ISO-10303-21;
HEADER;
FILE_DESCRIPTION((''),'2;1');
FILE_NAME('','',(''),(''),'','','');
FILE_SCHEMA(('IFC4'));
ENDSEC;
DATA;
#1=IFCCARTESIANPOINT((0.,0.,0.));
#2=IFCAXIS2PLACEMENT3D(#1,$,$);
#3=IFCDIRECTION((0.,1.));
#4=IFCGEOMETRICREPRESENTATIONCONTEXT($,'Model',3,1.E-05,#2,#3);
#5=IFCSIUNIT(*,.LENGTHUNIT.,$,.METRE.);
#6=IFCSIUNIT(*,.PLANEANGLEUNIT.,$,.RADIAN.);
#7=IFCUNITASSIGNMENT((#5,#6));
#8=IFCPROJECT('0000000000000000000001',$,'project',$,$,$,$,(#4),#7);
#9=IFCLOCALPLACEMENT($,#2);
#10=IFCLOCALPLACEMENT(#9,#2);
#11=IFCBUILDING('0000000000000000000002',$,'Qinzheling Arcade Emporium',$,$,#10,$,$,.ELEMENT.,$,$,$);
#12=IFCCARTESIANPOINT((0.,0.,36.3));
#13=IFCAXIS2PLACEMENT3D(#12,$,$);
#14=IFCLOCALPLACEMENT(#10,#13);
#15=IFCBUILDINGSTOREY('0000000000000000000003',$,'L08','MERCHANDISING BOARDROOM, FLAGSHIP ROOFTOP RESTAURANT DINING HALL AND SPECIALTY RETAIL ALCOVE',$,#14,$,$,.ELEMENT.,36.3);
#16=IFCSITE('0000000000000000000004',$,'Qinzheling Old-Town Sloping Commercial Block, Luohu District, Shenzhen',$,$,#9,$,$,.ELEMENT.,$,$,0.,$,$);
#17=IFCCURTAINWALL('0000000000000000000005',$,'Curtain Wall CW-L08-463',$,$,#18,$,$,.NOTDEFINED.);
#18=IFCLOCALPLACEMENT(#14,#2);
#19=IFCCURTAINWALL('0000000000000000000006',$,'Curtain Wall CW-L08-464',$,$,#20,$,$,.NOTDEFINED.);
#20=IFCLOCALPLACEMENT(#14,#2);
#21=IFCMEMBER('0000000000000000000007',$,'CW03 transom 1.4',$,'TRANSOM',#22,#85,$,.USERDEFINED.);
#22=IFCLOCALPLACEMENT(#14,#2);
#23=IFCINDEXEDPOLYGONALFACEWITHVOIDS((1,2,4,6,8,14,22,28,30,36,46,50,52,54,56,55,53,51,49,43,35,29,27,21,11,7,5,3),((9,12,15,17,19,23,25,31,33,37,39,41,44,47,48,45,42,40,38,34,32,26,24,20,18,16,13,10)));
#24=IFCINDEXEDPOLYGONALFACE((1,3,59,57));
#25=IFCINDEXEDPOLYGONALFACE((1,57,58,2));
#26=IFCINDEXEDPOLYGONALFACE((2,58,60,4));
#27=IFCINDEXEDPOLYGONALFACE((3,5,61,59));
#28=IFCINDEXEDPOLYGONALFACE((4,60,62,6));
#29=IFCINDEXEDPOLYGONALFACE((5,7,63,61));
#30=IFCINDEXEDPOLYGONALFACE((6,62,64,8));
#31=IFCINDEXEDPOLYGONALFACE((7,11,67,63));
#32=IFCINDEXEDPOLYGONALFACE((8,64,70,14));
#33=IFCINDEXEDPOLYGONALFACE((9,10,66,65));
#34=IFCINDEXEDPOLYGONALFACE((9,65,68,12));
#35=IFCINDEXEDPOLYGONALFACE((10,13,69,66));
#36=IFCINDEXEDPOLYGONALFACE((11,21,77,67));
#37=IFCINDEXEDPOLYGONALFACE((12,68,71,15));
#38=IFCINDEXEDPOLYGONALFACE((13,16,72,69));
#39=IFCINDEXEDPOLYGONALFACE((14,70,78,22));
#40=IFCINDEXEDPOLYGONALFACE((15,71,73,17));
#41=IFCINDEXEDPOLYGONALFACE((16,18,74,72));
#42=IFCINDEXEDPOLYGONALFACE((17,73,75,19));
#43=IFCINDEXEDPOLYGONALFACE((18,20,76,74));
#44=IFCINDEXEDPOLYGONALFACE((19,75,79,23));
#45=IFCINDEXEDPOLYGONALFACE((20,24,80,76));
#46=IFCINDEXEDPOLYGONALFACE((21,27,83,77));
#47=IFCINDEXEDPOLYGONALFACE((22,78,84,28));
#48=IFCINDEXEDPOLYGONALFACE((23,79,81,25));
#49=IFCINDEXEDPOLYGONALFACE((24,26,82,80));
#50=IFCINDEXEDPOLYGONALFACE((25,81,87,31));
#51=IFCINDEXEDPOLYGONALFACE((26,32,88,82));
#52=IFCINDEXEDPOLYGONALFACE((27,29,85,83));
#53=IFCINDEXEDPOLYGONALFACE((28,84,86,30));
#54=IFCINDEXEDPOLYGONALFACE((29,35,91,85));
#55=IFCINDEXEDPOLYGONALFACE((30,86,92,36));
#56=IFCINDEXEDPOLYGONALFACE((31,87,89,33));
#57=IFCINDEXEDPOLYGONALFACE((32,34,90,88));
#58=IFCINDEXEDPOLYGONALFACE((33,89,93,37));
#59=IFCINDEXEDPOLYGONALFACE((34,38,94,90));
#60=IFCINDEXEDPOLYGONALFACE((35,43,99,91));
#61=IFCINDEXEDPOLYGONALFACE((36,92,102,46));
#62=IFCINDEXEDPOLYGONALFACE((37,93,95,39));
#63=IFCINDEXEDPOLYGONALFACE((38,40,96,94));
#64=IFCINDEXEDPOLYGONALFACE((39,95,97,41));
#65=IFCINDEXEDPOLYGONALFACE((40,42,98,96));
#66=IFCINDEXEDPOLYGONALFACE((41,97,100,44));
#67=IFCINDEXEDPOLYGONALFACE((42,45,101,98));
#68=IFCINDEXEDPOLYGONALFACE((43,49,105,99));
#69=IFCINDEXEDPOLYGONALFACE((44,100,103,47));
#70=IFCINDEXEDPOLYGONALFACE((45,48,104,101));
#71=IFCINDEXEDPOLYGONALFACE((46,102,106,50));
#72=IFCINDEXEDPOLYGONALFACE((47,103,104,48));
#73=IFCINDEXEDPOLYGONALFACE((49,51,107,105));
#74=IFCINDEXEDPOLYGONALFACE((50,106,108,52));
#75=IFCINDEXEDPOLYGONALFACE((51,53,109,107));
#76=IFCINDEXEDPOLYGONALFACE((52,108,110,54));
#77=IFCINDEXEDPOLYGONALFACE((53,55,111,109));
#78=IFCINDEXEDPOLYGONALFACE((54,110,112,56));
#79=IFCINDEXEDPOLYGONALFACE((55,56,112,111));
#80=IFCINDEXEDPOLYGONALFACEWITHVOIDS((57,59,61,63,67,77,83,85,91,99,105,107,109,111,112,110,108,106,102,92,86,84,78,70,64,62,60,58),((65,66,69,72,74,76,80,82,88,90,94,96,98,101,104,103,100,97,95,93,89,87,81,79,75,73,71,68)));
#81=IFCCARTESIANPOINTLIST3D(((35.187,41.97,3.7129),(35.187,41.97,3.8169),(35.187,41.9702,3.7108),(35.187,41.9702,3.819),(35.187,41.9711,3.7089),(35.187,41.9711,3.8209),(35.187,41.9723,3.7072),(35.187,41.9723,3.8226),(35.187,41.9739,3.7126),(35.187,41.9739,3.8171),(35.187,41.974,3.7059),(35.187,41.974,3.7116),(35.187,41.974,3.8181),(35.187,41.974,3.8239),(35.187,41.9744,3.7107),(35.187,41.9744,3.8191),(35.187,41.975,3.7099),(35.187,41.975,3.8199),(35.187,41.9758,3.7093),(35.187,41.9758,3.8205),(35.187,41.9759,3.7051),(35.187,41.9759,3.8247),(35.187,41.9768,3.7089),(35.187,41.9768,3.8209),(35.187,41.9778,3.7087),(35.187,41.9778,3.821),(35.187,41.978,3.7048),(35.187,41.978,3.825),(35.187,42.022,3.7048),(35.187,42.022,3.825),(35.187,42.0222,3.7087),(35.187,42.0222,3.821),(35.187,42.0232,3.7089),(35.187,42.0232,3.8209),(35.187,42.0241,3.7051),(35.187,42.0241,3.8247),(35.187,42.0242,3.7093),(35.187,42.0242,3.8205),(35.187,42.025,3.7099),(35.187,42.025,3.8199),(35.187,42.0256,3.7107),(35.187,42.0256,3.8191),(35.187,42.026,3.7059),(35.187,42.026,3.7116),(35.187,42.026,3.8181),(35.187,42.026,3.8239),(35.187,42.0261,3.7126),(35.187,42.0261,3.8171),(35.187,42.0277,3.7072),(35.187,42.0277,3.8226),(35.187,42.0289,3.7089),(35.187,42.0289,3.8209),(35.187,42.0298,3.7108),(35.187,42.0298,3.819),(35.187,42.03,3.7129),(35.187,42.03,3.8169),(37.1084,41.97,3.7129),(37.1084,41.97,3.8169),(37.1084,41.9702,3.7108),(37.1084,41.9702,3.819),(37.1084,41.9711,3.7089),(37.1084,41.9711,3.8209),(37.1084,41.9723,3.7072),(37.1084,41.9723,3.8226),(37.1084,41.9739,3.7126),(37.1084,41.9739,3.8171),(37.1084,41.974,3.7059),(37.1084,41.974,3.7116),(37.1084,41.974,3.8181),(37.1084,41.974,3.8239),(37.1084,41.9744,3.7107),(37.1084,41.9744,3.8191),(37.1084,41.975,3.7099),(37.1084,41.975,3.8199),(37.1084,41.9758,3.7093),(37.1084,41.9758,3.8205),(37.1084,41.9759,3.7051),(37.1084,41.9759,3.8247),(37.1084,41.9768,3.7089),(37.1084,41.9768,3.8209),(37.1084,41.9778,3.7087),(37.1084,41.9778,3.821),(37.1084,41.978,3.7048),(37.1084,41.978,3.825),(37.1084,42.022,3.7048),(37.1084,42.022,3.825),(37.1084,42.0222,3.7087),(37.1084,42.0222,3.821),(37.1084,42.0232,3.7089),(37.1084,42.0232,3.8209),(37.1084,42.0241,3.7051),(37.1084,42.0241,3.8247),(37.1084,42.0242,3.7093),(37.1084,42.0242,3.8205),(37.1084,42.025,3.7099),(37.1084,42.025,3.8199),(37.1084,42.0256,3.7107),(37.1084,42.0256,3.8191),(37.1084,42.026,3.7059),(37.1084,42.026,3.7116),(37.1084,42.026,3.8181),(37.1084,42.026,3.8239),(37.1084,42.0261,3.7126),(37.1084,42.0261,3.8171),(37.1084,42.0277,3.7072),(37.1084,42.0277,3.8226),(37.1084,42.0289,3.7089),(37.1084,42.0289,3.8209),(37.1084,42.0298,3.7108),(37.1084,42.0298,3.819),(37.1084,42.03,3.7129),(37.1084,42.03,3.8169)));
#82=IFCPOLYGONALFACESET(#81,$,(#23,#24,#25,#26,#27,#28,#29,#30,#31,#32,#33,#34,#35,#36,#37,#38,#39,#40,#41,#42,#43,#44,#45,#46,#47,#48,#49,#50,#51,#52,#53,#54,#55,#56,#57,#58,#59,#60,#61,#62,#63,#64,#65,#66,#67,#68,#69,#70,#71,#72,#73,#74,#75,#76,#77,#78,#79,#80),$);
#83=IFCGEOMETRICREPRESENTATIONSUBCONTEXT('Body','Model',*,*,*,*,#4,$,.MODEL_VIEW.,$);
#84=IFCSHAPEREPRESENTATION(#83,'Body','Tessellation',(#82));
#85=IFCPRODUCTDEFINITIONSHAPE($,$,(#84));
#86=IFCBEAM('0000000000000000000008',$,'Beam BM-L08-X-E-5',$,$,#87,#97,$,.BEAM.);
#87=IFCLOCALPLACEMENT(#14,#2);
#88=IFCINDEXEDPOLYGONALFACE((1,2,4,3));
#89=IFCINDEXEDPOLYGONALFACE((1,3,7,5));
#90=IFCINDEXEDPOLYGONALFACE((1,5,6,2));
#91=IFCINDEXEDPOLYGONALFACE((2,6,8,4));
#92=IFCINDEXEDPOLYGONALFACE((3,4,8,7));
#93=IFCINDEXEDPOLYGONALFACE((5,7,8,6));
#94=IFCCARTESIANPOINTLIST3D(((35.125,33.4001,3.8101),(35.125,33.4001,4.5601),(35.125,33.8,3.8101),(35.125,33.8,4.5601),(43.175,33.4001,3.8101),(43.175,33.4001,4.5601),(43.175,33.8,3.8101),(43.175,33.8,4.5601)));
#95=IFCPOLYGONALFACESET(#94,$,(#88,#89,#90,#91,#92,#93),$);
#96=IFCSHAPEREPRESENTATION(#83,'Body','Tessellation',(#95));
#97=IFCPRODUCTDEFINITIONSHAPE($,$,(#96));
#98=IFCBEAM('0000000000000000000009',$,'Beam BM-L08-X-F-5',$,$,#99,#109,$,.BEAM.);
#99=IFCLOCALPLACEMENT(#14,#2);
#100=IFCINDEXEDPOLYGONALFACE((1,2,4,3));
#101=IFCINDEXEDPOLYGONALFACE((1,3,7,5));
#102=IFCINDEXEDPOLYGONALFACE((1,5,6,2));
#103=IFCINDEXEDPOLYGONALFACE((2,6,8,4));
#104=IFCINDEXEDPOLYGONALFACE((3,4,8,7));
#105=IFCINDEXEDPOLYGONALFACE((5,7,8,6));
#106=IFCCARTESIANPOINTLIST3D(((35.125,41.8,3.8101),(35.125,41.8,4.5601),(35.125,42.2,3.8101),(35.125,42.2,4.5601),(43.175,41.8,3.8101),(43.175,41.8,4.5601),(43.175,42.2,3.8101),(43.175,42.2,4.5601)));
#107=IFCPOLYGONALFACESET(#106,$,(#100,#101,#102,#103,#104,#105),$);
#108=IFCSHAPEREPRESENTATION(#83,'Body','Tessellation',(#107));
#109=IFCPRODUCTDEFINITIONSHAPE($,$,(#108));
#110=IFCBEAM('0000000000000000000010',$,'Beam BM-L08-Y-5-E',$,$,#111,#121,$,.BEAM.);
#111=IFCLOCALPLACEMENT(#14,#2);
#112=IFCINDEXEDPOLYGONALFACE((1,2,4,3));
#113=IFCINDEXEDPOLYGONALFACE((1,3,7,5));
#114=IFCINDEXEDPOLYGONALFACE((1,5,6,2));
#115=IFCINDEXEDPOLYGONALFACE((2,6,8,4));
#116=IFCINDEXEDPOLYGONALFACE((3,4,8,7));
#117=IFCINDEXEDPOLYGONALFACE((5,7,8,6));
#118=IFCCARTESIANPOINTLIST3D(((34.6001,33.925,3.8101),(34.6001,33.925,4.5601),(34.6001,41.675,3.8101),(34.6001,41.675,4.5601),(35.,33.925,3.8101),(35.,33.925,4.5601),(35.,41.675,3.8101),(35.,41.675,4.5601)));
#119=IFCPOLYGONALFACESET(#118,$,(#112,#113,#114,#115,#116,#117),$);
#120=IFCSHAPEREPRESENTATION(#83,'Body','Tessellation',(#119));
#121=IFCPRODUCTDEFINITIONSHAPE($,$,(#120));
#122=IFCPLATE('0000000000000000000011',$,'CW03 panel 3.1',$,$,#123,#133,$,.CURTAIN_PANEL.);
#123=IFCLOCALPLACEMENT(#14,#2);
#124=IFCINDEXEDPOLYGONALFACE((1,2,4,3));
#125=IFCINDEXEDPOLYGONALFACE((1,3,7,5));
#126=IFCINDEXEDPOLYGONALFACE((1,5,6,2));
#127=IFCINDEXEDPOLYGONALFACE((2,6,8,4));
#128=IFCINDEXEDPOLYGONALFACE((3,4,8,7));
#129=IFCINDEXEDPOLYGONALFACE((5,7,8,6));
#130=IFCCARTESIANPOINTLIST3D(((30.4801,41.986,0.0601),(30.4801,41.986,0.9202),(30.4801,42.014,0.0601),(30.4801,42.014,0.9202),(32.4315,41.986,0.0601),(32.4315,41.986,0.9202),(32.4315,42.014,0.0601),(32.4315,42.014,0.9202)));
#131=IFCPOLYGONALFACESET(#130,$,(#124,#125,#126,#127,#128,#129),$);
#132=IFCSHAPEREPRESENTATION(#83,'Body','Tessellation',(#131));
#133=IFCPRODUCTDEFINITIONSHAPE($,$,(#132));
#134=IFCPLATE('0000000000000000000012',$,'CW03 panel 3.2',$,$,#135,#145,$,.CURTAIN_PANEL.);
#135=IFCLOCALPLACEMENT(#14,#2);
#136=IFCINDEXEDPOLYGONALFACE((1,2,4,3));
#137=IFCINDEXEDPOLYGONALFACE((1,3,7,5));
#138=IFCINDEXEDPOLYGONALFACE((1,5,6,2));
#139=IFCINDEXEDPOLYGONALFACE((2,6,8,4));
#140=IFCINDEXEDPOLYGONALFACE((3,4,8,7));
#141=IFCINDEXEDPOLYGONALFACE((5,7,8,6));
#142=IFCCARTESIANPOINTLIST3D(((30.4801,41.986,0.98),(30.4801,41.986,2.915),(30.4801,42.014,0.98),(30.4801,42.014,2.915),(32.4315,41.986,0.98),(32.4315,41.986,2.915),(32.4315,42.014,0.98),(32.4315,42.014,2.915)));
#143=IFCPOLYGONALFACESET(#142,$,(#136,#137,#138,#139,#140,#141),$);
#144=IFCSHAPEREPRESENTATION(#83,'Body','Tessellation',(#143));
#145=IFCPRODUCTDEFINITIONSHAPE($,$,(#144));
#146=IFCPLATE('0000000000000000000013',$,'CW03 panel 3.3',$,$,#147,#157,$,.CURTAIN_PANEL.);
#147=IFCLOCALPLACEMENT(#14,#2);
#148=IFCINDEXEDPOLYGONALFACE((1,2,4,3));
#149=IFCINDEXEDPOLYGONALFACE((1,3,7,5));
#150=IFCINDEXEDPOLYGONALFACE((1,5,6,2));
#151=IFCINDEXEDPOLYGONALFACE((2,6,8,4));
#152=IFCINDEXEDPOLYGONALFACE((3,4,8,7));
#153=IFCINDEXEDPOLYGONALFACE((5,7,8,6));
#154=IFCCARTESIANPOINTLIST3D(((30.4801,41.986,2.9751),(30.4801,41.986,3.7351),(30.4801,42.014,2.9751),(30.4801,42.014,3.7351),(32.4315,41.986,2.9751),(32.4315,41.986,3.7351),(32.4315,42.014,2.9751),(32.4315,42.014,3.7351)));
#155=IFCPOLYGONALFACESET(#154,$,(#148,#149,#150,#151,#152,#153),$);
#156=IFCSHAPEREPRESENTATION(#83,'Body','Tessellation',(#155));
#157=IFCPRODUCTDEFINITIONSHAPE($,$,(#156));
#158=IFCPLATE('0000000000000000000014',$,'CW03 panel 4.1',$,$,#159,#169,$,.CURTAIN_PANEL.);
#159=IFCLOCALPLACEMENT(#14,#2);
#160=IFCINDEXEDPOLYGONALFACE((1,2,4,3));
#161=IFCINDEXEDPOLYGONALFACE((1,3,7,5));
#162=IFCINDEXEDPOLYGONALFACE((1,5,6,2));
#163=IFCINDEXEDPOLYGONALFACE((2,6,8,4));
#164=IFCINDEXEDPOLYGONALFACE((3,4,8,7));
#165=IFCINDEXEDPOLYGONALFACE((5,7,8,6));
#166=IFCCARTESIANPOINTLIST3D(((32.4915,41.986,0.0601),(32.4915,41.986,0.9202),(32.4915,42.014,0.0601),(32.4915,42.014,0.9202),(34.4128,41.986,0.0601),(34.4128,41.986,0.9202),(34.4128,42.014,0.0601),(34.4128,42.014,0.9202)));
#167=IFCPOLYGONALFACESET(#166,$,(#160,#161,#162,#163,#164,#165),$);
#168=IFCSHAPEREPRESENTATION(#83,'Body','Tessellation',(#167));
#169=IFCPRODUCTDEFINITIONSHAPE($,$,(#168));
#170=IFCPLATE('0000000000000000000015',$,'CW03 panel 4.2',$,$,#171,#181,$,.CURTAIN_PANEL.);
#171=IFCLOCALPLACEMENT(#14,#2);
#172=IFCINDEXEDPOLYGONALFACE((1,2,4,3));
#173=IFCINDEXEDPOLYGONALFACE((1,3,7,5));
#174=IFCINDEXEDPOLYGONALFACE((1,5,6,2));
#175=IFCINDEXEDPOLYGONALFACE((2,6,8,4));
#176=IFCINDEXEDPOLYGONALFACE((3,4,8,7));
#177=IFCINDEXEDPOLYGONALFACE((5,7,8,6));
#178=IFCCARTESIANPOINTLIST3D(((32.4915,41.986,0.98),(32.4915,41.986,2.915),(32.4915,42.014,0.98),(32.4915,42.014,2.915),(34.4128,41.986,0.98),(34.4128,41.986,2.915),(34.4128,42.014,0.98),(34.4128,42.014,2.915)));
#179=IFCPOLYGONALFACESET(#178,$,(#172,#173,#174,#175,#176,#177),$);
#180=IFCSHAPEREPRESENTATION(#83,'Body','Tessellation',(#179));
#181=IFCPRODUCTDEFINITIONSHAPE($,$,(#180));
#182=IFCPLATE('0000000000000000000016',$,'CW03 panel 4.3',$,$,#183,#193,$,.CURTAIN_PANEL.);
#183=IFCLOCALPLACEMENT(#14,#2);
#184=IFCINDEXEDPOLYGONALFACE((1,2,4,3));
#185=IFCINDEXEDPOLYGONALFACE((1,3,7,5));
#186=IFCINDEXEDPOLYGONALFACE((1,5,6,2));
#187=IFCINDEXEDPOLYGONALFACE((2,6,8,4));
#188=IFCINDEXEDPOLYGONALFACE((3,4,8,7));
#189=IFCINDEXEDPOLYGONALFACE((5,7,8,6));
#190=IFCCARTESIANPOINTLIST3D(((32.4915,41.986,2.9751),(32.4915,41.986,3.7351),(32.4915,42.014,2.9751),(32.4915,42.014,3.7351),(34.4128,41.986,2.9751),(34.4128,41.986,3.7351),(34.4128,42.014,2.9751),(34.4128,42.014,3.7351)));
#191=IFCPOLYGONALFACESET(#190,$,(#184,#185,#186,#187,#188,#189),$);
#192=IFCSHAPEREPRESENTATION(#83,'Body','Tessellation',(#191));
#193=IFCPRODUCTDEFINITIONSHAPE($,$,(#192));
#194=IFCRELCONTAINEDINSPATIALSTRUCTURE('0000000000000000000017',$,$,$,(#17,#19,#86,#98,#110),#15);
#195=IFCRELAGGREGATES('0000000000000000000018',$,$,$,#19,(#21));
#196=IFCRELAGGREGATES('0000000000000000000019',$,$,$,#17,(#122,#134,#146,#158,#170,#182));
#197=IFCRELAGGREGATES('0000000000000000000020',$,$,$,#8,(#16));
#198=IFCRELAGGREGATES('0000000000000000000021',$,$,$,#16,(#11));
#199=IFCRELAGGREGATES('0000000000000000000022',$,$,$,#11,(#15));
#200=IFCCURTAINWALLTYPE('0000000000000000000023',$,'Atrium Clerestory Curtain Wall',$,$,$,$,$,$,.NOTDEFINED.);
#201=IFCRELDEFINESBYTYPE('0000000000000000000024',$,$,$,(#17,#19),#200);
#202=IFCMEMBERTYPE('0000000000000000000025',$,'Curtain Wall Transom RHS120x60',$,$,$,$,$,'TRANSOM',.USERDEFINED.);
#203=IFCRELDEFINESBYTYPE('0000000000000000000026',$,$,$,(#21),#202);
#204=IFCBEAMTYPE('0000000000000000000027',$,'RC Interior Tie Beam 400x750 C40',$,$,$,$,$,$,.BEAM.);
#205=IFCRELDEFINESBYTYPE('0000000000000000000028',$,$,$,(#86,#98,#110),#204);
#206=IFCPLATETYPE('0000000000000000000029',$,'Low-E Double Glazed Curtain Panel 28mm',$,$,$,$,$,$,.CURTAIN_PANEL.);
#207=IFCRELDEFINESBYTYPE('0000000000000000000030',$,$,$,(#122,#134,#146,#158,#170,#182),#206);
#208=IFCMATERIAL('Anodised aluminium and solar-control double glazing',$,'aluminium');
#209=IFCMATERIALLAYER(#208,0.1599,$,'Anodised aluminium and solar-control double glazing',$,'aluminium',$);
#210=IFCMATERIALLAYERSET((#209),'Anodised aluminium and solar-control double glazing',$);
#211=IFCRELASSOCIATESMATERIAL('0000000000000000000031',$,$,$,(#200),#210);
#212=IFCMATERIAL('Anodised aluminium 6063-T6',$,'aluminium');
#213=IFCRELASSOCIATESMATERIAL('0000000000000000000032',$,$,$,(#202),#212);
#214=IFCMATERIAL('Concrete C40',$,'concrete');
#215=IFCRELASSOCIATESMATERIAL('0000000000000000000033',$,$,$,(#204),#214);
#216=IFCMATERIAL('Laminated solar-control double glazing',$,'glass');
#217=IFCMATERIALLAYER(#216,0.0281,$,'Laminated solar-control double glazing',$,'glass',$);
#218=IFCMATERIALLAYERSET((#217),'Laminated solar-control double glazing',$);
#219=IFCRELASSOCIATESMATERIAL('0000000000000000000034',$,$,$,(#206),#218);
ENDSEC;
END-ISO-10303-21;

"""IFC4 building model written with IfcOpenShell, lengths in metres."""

from ifc_helpers import new_model, si_unit, direction, frame, origin, origin_2d, place, context, subcontext, project, spatial, rectangle, hollow_rectangle, extrude, material, layer, layer_set, material_profile, profile_set, type_object, element, aggregate, save


model = new_model("IFC4")

# Units and contexts
model_context = context("Model", 3, precision=1e-05, world=origin(), true_north=direction((0.0, 1.0)))
body_context = subcontext(model_context, "Body", "Model", "MODEL_VIEW")
ifc_project = project(units=[si_unit("LENGTHUNIT", "METRE"), si_unit("PLANEANGLEUNIT", "RADIAN")], contexts=[model_context])

# Site, building, storey
site_placement = place(None, origin())
site = spatial("IfcSite", under=ifc_project, at=site_placement, Name="Qinzheling Old-Town Sloping Commercial Block, Luohu District, Shenzhen", CompositionType="ELEMENT", RefElevation=0.0)
building_placement = place(site_placement, origin())
building = spatial("IfcBuilding", under=site, at=building_placement, Name="Qinzheling Arcade Emporium", CompositionType="ELEMENT")
storey_placement = place(building_placement, frame((0.0, 0.0, 36.3)))
storey = spatial("IfcBuildingStorey", under=building, at=storey_placement, Name="L08", Description="MERCHANDISING BOARDROOM, FLAGSHIP ROOFTOP RESTAURANT DINING HALL AND SPECIALTY RETAIL ALCOVE", CompositionType="ELEMENT", Elevation=36.3)

# Shared definitions
ifc_material_1 = material(Name="Concrete C40", Category="concrete")

# Curtain wall
ifc_material_2 = material(Name="Anodised aluminium and solar-control double glazing", Category="aluminium")
ifc_layer_1 = layer(ifc_material_2, 0.1599, Name="Anodised aluminium and solar-control double glazing", Category="aluminium")
ifc_layer_set_1 = layer_set([ifc_layer_1], Name="Anodised aluminium and solar-control double glazing")
curtain_wall_type = type_object("IfcCurtainWallType", Name="Atrium Clerestory Curtain Wall", PredefinedType="NOTDEFINED", material=ifc_layer_set_1)
curtain_wall_1_placement = place(storey_placement, origin())
curtain_wall_1 = element("IfcCurtainWall", 1, at=curtain_wall_1_placement, inside=storey, type_object=curtain_wall_type, Name="Curtain Wall CW-L08-463", PredefinedType="NOTDEFINED")
ifc_material_3 = material(Name="Anodised aluminium 6063-T6", Category="aluminium")

# Curtain wall
curtain_wall_2_placement = place(storey_placement, origin())
curtain_wall_2 = element("IfcCurtainWall", 2, at=curtain_wall_2_placement, inside=storey, type_object=curtain_wall_type, Name="Curtain Wall CW-L08-464", PredefinedType="NOTDEFINED")

# Member
ifc_material_profile_1 = material_profile(ifc_material_3, hollow_rectangle(XDim=0.0601, YDim=0.1201, WallThickness=0.0039, InnerFilletRadius=0.0039, OuterFilletRadius=0.0081, at=origin_2d()), Name="RHS 120x60x4", Category="aluminium")
ifc_profile_set_1 = profile_set([ifc_material_profile_1], Name="Anodised aluminium 6063-T6")
member_type_1 = type_object("IfcMemberType", Name="Curtain Wall Transom RHS120x60", ElementType="TRANSOM", PredefinedType="USERDEFINED", material=ifc_profile_set_1)
member_1_placement = place(storey_placement, frame((35.187, 42.0, 3.7649), z_axis=(1.0, 0.0, 0.0), x_axis=(0.0, 1.0, 0.0)))
member_1 = element("IfcMember", 3, at=member_1_placement, type_object=member_type_1, Name="CW03 transom 1.4", ObjectType="TRANSOM", PredefinedType="USERDEFINED", context=body_context, shape_type="SweptSolid", body=[
    extrude(hollow_rectangle(XDim=0.0601, YDim=0.1201, WallThickness=0.0039, InnerFilletRadius=0.0039, OuterFilletRadius=0.0081, at=origin_2d()), origin(), (0.0, 0.0, 1.0), 1.9214),
])
aggregate(curtain_wall_2, [member_1])

# Beams
ifc_material_profile_2 = material_profile(ifc_material_1, rectangle(XDim=0.3999, YDim=0.75, at=origin_2d()), Name="RC 400x750", Category="concrete")
ifc_profile_set_2 = profile_set([ifc_material_profile_2], Name="Concrete C40")
beam_type = type_object("IfcBeamType", Name="RC Interior Tie Beam 400x750 C40", PredefinedType="BEAM", material=ifc_profile_set_2)
for number, where, z_axis, x_axis, name in (
    (4, (35.125, 33.6001, 4.1851), (1.0, 0.0, 0.0), (0.0, 1.0, 0.0), "Beam BM-L08-X-E-5"),
    (5, (35.125, 42.0, 4.1851), (1.0, 0.0, 0.0), (0.0, 1.0, 0.0), "Beam BM-L08-X-F-5"),
):
    element("IfcBeam", number, at=place(storey_placement, frame(where, z_axis=z_axis, x_axis=x_axis)), inside=storey, type_object=beam_type, Name=name, PredefinedType="BEAM", context=body_context, shape_type="SweptSolid", body=[
        extrude(rectangle(XDim=0.3999, YDim=0.75, at=origin_2d()), origin(), (0.0, 0.0, 1.0), 8.05),
    ])
beam_placement = place(storey_placement, frame((34.8, 33.925, 4.1851), z_axis=(0.0, 1.0, 0.0), x_axis=(-1.0, 0.0, 0.0)))
element("IfcBeam", 6, at=beam_placement, inside=storey, type_object=beam_type, Name="Beam BM-L08-Y-5-E", PredefinedType="BEAM", context=body_context, shape_type="SweptSolid", body=[
    extrude(rectangle(XDim=0.3999, YDim=0.75, at=origin_2d()), origin(), (0.0, 0.0, 1.0), 7.75),
])

# Plates
ifc_material_4 = material(Name="Laminated solar-control double glazing", Category="glass")
ifc_layer_2 = layer(ifc_material_4, 0.0281, Name="Laminated solar-control double glazing", Category="glass")
ifc_layer_set_2 = layer_set([ifc_layer_2], Name="Laminated solar-control double glazing")
plate_type = type_object("IfcPlateType", Name="Low-E Double Glazed Curtain Panel 28mm", PredefinedType="CURTAIN_PANEL", material=ifc_layer_set_2)
plate_1_placement = place(storey_placement, frame((31.4558, 42.0, 0.0601), z_axis=(0.0, 0.0, 1.0), x_axis=(1.0, 0.0, 0.0)))
plate_1 = element("IfcPlate", 7, at=plate_1_placement, type_object=plate_type, Name="CW03 panel 3.1", PredefinedType="CURTAIN_PANEL", context=body_context, shape_type="SweptSolid", body=[
    extrude(rectangle(XDim=1.9514, YDim=0.0281, at=origin_2d()), origin(), (0.0, 0.0, 1.0), 0.8601),
])
plate_2_placement = place(storey_placement, frame((31.4558, 42.0, 0.98), z_axis=(0.0, 0.0, 1.0), x_axis=(1.0, 0.0, 0.0)))
plate_2 = element("IfcPlate", 8, at=plate_2_placement, type_object=plate_type, Name="CW03 panel 3.2", PredefinedType="CURTAIN_PANEL", context=body_context, shape_type="SweptSolid", body=[
    extrude(rectangle(XDim=1.9514, YDim=0.0281, at=origin_2d()), origin(), (0.0, 0.0, 1.0), 1.9351),
])
plate_3_placement = place(storey_placement, frame((31.4558, 42.0, 2.9751), z_axis=(0.0, 0.0, 1.0), x_axis=(1.0, 0.0, 0.0)))
plate_3 = element("IfcPlate", 9, at=plate_3_placement, type_object=plate_type, Name="CW03 panel 3.3", PredefinedType="CURTAIN_PANEL", context=body_context, shape_type="SweptSolid", body=[
    extrude(rectangle(XDim=1.9514, YDim=0.0281, at=origin_2d()), origin(), (0.0, 0.0, 1.0), 0.76),
])
plate_4_placement = place(storey_placement, frame((33.4521, 42.0, 0.0601), z_axis=(0.0, 0.0, 1.0), x_axis=(1.0, 0.0, 0.0)))
plate_4 = element("IfcPlate", 10, at=plate_4_placement, type_object=plate_type, Name="CW03 panel 4.1", PredefinedType="CURTAIN_PANEL", context=body_context, shape_type="SweptSolid", body=[
    extrude(rectangle(XDim=1.9214, YDim=0.0281, at=origin_2d()), origin(), (0.0, 0.0, 1.0), 0.8601),
])
plate_5_placement = place(storey_placement, frame((33.4521, 42.0, 0.98), z_axis=(0.0, 0.0, 1.0), x_axis=(1.0, 0.0, 0.0)))
plate_5 = element("IfcPlate", 11, at=plate_5_placement, type_object=plate_type, Name="CW03 panel 4.2", PredefinedType="CURTAIN_PANEL", context=body_context, shape_type="SweptSolid", body=[
    extrude(rectangle(XDim=1.9214, YDim=0.0281, at=origin_2d()), origin(), (0.0, 0.0, 1.0), 1.9351),
])
plate_6_placement = place(storey_placement, frame((33.4521, 42.0, 2.9751), z_axis=(0.0, 0.0, 1.0), x_axis=(1.0, 0.0, 0.0)))
plate_6 = element("IfcPlate", 12, at=plate_6_placement, type_object=plate_type, Name="CW03 panel 4.3", PredefinedType="CURTAIN_PANEL", context=body_context, shape_type="SweptSolid", body=[
    extrude(rectangle(XDim=1.9214, YDim=0.0281, at=origin_2d()), origin(), (0.0, 0.0, 1.0), 0.76),
])
aggregate(curtain_wall_1, [plate_1, plate_2, plate_3, plate_4, plate_5, plate_6])

save(model, "model.ifc")
